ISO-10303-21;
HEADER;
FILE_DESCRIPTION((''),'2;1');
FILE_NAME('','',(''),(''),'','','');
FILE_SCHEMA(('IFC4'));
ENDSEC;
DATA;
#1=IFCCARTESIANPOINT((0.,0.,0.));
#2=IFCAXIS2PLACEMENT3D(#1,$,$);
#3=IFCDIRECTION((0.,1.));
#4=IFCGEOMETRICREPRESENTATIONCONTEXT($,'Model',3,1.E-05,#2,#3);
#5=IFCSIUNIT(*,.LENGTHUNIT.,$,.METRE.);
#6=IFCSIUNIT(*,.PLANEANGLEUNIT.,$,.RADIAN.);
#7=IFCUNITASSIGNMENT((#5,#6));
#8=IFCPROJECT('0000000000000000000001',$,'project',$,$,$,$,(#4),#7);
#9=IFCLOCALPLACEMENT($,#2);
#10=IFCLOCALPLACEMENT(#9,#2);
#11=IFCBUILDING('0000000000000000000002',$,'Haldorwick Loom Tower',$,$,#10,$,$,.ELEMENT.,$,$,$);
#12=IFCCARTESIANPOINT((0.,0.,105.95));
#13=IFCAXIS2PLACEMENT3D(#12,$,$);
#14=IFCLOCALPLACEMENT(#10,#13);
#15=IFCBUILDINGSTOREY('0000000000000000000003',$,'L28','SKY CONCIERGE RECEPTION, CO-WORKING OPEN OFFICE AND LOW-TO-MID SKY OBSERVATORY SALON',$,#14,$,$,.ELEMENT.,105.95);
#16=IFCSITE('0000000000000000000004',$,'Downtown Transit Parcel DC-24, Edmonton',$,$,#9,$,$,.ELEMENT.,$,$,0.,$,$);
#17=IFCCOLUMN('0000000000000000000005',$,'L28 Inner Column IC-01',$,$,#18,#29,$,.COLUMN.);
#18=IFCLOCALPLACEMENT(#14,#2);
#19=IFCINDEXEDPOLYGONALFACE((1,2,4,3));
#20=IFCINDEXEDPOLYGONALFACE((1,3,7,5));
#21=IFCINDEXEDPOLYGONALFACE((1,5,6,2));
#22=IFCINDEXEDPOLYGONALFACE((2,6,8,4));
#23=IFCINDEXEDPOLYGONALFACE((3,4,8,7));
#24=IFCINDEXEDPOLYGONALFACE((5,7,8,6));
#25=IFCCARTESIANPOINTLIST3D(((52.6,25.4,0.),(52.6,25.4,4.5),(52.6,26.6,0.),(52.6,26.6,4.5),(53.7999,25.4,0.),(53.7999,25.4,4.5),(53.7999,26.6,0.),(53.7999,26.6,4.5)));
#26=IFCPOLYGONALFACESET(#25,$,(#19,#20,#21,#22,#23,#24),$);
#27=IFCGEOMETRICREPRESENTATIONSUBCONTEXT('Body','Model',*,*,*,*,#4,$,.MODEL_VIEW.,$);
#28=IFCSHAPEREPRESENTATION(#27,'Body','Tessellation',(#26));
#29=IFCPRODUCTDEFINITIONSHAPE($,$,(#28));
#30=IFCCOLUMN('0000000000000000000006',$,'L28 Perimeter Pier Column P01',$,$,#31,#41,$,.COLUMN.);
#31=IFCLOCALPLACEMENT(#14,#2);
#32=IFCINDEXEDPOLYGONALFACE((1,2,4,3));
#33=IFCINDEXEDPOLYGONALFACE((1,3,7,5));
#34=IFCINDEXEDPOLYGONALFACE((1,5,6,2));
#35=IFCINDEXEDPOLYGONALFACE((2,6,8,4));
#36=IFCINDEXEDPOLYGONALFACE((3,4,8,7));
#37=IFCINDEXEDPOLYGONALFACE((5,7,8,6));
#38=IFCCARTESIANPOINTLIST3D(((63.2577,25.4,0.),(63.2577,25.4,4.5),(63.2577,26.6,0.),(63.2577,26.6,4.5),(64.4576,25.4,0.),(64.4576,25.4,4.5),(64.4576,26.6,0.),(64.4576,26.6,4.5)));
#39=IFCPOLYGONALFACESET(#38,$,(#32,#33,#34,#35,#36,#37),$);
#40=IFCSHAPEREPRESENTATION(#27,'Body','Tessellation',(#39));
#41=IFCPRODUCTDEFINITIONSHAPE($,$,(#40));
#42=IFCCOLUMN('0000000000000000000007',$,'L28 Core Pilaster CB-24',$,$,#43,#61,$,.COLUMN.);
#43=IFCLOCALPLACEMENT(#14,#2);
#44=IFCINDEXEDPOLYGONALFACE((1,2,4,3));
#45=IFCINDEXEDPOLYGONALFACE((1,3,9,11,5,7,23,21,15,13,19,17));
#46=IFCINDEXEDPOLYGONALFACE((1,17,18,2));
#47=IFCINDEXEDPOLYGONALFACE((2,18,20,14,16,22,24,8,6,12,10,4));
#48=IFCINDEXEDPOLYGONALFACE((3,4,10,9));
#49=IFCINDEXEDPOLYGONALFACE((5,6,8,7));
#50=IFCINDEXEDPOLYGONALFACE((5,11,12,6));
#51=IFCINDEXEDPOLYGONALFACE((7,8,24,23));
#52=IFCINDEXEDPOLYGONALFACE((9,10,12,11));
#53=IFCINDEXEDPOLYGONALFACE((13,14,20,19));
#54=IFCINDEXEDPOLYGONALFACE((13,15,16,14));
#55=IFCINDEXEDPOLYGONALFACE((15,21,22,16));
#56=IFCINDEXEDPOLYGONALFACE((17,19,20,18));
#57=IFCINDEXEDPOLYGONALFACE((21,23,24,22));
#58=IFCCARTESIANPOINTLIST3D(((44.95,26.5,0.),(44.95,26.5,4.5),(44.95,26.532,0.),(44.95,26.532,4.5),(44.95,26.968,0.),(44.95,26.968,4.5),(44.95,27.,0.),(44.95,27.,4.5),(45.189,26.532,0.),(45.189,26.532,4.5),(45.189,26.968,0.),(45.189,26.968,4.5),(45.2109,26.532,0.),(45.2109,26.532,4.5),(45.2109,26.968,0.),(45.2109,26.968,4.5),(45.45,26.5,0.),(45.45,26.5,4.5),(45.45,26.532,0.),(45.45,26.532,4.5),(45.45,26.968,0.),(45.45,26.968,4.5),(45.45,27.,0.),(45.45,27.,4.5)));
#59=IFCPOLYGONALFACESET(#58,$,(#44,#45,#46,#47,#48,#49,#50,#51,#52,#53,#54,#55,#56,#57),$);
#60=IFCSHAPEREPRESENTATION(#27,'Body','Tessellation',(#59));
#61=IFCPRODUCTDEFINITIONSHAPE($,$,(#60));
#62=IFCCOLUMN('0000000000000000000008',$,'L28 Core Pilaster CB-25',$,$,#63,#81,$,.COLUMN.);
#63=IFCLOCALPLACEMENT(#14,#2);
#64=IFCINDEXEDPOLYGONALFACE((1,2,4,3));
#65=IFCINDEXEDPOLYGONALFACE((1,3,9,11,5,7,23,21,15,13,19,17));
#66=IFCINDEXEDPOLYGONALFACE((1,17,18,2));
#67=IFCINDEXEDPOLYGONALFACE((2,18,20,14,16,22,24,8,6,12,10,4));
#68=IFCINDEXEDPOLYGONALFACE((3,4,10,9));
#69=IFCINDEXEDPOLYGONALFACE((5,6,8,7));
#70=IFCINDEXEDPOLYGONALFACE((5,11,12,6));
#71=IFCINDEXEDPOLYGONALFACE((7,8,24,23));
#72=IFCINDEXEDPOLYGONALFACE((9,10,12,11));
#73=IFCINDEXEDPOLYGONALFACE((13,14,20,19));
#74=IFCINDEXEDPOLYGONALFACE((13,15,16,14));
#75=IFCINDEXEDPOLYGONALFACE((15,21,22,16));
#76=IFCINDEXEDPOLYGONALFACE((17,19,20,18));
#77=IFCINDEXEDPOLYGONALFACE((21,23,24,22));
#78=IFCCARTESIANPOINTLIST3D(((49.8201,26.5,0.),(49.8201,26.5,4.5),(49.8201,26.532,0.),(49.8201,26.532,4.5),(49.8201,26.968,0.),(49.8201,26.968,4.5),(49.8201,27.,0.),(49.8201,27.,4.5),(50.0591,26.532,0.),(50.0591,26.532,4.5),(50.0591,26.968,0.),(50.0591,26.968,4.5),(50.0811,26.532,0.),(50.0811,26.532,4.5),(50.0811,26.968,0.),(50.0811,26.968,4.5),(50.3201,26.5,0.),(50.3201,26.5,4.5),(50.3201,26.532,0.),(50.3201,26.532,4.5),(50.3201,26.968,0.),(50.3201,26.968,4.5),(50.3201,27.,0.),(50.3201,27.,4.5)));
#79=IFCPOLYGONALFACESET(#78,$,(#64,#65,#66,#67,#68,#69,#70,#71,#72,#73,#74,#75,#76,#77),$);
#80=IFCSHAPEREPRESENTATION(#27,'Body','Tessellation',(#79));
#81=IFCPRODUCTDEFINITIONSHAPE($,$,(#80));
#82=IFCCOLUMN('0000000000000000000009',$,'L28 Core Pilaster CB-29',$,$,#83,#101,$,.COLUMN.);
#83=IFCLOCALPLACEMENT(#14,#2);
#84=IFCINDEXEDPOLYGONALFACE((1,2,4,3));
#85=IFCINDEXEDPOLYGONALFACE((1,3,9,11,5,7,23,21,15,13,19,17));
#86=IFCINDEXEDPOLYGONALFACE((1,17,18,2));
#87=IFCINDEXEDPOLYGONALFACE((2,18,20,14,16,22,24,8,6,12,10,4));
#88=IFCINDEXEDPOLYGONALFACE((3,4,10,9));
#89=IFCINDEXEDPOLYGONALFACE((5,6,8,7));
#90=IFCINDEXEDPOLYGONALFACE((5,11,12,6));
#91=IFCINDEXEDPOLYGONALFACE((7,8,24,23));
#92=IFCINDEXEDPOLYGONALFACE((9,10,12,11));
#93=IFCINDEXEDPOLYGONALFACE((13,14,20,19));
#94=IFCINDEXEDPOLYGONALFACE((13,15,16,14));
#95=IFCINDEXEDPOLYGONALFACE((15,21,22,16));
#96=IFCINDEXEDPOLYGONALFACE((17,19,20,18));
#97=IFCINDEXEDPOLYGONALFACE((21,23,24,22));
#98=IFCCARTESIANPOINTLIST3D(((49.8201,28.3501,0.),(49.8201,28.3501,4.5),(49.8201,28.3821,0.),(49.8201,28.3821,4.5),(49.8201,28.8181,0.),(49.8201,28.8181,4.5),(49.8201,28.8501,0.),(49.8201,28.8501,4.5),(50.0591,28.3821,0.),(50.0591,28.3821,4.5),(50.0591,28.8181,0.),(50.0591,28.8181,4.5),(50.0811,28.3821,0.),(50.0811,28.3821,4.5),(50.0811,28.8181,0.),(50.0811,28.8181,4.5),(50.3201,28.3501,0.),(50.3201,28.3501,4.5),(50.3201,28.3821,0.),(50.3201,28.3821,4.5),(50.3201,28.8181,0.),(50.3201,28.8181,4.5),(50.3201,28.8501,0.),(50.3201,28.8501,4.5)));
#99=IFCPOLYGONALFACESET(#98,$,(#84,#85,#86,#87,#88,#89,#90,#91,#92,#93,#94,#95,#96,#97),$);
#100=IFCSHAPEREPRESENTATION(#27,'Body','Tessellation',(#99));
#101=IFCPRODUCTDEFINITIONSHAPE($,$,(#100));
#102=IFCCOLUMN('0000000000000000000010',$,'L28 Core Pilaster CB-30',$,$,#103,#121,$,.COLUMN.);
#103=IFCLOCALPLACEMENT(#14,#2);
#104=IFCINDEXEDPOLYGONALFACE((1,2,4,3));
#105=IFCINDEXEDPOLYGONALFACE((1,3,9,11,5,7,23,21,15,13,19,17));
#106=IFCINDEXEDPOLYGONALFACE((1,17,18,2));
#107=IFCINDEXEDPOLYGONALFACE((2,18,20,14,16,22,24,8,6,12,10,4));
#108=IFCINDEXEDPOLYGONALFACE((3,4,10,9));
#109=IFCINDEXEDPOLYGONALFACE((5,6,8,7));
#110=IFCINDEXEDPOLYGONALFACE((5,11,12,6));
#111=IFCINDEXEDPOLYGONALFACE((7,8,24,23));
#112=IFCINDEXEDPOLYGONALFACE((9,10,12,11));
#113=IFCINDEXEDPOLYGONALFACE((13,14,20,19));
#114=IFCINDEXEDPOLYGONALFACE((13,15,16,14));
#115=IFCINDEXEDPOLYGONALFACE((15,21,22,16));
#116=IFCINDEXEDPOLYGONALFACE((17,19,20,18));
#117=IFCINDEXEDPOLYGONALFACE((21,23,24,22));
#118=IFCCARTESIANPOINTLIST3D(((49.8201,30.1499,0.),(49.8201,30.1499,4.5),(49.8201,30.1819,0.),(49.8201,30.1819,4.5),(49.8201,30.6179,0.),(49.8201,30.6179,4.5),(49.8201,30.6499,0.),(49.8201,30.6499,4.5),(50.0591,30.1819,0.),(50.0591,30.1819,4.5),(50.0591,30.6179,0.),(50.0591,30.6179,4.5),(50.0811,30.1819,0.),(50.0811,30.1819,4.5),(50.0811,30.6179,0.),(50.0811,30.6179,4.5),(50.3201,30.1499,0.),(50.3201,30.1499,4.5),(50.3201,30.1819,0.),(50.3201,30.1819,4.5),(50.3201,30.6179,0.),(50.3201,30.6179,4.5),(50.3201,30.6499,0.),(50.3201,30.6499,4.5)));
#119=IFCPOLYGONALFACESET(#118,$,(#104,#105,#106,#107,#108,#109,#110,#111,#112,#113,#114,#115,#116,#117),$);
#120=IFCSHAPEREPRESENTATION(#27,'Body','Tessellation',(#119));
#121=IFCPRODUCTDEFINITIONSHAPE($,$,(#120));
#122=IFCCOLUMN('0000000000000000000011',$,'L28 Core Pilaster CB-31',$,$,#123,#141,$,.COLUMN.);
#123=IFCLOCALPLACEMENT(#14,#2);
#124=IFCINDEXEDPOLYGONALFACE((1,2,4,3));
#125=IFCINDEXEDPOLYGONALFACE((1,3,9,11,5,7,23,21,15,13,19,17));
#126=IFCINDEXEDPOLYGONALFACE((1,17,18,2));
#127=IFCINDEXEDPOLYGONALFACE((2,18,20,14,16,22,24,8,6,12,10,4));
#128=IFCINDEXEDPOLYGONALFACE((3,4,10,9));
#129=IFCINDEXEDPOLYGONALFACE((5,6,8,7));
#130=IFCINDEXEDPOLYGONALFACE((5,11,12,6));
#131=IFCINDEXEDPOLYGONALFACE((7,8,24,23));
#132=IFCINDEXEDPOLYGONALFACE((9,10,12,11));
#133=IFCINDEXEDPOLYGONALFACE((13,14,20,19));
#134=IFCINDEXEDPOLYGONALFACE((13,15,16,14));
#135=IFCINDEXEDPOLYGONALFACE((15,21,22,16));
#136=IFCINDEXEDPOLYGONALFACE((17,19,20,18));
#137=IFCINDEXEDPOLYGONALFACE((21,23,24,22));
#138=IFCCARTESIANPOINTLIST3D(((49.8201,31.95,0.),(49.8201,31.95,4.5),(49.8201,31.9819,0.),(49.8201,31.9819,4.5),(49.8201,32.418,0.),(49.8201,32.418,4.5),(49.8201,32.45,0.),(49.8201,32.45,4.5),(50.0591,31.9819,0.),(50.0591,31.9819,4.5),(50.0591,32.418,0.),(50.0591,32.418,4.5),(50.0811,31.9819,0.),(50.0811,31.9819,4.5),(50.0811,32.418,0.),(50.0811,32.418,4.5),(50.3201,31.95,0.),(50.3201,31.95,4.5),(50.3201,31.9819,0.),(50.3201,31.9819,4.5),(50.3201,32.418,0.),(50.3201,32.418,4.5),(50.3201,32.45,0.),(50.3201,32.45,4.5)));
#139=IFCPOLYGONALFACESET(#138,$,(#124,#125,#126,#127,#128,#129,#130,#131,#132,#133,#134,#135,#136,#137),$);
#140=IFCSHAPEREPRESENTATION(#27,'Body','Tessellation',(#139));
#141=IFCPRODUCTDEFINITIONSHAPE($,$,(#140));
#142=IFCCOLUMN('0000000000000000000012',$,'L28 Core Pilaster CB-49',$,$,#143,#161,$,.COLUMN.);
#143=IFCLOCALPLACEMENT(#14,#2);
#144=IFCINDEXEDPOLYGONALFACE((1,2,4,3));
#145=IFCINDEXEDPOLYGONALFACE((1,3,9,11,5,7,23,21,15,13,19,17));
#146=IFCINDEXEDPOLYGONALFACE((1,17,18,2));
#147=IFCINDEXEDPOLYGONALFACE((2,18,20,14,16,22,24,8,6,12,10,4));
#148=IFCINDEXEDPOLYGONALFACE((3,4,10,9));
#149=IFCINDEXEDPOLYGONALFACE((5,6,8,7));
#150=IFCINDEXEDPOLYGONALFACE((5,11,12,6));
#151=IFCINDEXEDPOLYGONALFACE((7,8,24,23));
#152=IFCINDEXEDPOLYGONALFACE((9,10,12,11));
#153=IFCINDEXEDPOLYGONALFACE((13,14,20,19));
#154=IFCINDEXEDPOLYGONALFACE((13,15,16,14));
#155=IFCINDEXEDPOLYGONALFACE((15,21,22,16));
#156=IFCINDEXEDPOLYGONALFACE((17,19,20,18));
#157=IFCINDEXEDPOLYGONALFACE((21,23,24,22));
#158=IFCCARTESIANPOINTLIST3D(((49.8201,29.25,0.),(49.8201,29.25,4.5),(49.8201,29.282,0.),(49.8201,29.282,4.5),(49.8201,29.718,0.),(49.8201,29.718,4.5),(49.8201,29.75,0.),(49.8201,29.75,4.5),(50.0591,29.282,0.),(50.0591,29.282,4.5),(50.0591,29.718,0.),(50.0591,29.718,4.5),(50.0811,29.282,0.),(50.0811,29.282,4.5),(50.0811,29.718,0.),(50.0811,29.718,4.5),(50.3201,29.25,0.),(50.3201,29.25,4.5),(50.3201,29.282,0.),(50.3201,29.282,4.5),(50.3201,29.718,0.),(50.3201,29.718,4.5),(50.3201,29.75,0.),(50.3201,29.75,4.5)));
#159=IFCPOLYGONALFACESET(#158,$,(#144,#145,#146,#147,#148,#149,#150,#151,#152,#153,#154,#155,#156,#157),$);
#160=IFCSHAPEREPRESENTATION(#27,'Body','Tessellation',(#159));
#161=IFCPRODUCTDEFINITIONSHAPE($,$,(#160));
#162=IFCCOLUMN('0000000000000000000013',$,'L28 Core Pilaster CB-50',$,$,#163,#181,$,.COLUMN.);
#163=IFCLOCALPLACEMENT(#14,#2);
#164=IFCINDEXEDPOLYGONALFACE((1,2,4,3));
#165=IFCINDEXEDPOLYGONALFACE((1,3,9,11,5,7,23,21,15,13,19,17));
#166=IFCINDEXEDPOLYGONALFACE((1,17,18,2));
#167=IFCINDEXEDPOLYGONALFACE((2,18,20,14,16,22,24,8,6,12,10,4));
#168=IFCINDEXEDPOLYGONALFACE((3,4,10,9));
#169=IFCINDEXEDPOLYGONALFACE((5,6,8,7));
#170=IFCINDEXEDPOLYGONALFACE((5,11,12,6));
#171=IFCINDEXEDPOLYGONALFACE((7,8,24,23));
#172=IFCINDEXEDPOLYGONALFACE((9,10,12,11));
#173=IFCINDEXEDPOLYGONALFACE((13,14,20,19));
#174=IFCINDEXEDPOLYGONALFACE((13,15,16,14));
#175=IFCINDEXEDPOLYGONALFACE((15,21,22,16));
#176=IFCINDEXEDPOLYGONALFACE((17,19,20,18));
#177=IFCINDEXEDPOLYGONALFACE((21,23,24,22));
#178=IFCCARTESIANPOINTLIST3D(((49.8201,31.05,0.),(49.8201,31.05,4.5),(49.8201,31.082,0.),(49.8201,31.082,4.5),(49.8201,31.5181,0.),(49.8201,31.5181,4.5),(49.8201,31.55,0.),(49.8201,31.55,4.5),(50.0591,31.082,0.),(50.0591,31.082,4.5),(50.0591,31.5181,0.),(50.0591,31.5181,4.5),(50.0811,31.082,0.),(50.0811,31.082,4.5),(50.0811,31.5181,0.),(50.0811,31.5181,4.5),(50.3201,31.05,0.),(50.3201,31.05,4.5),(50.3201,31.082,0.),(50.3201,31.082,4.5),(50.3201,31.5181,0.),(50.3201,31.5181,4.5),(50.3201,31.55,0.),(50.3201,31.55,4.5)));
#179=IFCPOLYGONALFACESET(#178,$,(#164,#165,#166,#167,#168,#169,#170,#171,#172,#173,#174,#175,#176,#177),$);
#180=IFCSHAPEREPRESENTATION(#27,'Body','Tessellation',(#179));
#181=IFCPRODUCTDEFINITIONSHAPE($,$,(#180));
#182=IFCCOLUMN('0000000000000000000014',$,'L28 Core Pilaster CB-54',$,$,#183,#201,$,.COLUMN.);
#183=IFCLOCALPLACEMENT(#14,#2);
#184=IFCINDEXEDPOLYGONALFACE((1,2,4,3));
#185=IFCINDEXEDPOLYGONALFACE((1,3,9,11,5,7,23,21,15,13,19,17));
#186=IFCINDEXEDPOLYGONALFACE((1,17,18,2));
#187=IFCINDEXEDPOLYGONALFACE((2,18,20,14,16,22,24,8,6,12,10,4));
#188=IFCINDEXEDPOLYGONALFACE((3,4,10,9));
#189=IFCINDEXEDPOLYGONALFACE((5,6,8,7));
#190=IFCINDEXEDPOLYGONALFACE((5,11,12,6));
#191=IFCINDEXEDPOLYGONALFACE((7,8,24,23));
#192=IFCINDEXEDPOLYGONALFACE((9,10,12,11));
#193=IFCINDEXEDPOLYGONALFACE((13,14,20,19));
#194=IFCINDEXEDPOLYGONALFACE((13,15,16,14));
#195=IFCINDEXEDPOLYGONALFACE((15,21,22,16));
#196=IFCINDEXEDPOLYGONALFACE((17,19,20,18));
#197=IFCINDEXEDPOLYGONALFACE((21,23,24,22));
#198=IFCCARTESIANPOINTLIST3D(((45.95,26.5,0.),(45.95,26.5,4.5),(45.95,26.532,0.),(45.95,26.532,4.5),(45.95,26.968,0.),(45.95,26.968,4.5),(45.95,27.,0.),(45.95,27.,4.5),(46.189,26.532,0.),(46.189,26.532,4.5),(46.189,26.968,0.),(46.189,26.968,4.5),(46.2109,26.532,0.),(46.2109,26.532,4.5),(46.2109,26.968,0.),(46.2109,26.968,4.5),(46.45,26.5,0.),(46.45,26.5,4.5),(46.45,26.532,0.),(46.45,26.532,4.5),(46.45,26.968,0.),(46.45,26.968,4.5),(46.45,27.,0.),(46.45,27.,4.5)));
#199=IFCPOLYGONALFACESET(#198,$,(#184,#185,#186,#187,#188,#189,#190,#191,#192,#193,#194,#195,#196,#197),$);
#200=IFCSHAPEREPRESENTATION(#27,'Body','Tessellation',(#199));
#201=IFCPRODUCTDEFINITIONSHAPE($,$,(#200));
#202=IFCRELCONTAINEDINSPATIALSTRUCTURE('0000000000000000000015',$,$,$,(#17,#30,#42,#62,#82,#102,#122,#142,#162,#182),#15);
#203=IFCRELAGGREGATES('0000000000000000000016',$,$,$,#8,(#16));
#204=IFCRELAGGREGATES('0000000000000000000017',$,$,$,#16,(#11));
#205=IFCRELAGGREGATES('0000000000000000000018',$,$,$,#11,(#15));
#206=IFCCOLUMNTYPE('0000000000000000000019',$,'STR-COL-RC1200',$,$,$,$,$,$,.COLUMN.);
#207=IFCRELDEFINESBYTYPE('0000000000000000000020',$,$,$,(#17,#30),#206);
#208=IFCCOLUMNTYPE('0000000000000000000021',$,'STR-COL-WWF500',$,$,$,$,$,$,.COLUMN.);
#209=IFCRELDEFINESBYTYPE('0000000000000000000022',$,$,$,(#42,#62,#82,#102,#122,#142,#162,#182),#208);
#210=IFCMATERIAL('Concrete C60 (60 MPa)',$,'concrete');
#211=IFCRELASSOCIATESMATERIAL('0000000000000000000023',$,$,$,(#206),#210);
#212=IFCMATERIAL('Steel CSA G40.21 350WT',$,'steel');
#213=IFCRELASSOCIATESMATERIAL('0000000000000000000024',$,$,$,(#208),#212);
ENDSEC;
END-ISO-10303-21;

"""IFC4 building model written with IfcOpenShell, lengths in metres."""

from ifc_helpers import new_model, si_unit, direction, frame, origin, origin_2d, place, context, subcontext, project, spatial, rectangle, i_section, extrude, material, material_profile, profile_set, type_object, element, save


model = new_model("IFC4")

# Units and contexts
model_context = context("Model", 3, precision=1e-05, world=origin(), true_north=direction((0.0, 1.0)))
body_context = subcontext(model_context, "Body", "Model", "MODEL_VIEW")
ifc_project = project(units=[si_unit("LENGTHUNIT", "METRE"), si_unit("PLANEANGLEUNIT", "RADIAN")], contexts=[model_context])

# Site, building, storey
site_placement = place(None, origin())
site = spatial("IfcSite", under=ifc_project, at=site_placement, Name="Downtown Transit Parcel DC-24, Edmonton", CompositionType="ELEMENT", RefElevation=0.0)
building_placement = place(site_placement, origin())
building = spatial("IfcBuilding", under=site, at=building_placement, Name="Haldorwick Loom Tower", CompositionType="ELEMENT")
storey_placement = place(building_placement, frame((0.0, 0.0, 105.95)))
storey = spatial("IfcBuildingStorey", under=building, at=storey_placement, Name="L28", Description="SKY CONCIERGE RECEPTION, CO-WORKING OPEN OFFICE AND LOW-TO-MID SKY OBSERVATORY SALON", CompositionType="ELEMENT", Elevation=105.95)

# Columns
ifc_material_1 = material(Name="Concrete C60 (60 MPa)", Category="concrete")
ifc_material_profile_1 = material_profile(ifc_material_1, rectangle(XDim=1.2, YDim=1.2, at=origin_2d()), Name="RC1200X1200", Category="concrete")
ifc_profile_set_1 = profile_set([ifc_material_profile_1], Name="Concrete C60 (60 MPa)")
column_type_1 = type_object("IfcColumnType", Name="STR-COL-RC1200", PredefinedType="COLUMN", material=ifc_profile_set_1)
for number, where, z_axis, x_axis, name in (
    (1, (53.2, 26.0, 0.0), (0.0, 0.0, 1.0), (1.0, 0.0, 0.0), "L28 Inner Column IC-01"),
    (2, (63.8577, 26.0, 0.0), (0.0, 0.0, 1.0), (1.0, 0.0, 0.0), "L28 Perimeter Pier Column P01"),
):
    element("IfcColumn", number, at=place(storey_placement, frame(where, z_axis=z_axis, x_axis=x_axis)), inside=storey, type_object=column_type_1, Name=name, PredefinedType="COLUMN", context=body_context, shape_type="SweptSolid", body=[
        extrude(rectangle(XDim=1.2, YDim=1.2, at=origin_2d()), origin(), (0.0, 0.0, 1.0), 4.5),
    ])
ifc_material_2 = material(Name="Steel CSA G40.21 350WT", Category="steel")
ifc_material_profile_2 = material_profile(ifc_material_2, i_section(OverallWidth=0.5, OverallDepth=0.5, WebThickness=0.022, FlangeThickness=0.032, at=origin_2d()), Name="WWF500X500", Category="steel")
ifc_profile_set_2 = profile_set([ifc_material_profile_2], Name="Steel CSA G40.21 350WT")
column_type_2 = type_object("IfcColumnType", Name="STR-COL-WWF500", PredefinedType="COLUMN", material=ifc_profile_set_2)
for number, where, z_axis, x_axis, name in (
    (3, (45.2, 26.75, 0.0), (0.0, 0.0, 1.0), (1.0, 0.0, 0.0), "L28 Core Pilaster CB-24"),
    (4, (50.0701, 26.75, 0.0), (0.0, 0.0, 1.0), (1.0, 0.0, 0.0), "L28 Core Pilaster CB-25"),
    (5, (50.0701, 28.6001, 0.0), (0.0, 0.0, 1.0), (1.0, 0.0, 0.0), "L28 Core Pilaster CB-29"),
    (6, (50.0701, 30.3999, 0.0), (0.0, 0.0, 1.0), (1.0, 0.0, 0.0), "L28 Core Pilaster CB-30"),
    (7, (50.0701, 32.2, 0.0), (0.0, 0.0, 1.0), (1.0, 0.0, 0.0), "L28 Core Pilaster CB-31"),
    (8, (50.0701, 29.5, 0.0), (0.0, 0.0, 1.0), (1.0, 0.0, 0.0), "L28 Core Pilaster CB-49"),
    (9, (50.0701, 31.3, 0.0), (0.0, 0.0, 1.0), (1.0, 0.0, 0.0), "L28 Core Pilaster CB-50"),
    (10, (46.2, 26.75, 0.0), (0.0, 0.0, 1.0), (1.0, 0.0, 0.0), "L28 Core Pilaster CB-54"),
):
    element("IfcColumn", number, at=place(storey_placement, frame(where, z_axis=z_axis, x_axis=x_axis)), inside=storey, type_object=column_type_2, Name=name, PredefinedType="COLUMN", context=body_context, shape_type="SweptSolid", body=[
        extrude(i_section(OverallWidth=0.5, OverallDepth=0.5, WebThickness=0.022, FlangeThickness=0.032, at=origin_2d()), origin(), (0.0, 0.0, 1.0), 4.5),
    ])

save(model, "model.ifc")
